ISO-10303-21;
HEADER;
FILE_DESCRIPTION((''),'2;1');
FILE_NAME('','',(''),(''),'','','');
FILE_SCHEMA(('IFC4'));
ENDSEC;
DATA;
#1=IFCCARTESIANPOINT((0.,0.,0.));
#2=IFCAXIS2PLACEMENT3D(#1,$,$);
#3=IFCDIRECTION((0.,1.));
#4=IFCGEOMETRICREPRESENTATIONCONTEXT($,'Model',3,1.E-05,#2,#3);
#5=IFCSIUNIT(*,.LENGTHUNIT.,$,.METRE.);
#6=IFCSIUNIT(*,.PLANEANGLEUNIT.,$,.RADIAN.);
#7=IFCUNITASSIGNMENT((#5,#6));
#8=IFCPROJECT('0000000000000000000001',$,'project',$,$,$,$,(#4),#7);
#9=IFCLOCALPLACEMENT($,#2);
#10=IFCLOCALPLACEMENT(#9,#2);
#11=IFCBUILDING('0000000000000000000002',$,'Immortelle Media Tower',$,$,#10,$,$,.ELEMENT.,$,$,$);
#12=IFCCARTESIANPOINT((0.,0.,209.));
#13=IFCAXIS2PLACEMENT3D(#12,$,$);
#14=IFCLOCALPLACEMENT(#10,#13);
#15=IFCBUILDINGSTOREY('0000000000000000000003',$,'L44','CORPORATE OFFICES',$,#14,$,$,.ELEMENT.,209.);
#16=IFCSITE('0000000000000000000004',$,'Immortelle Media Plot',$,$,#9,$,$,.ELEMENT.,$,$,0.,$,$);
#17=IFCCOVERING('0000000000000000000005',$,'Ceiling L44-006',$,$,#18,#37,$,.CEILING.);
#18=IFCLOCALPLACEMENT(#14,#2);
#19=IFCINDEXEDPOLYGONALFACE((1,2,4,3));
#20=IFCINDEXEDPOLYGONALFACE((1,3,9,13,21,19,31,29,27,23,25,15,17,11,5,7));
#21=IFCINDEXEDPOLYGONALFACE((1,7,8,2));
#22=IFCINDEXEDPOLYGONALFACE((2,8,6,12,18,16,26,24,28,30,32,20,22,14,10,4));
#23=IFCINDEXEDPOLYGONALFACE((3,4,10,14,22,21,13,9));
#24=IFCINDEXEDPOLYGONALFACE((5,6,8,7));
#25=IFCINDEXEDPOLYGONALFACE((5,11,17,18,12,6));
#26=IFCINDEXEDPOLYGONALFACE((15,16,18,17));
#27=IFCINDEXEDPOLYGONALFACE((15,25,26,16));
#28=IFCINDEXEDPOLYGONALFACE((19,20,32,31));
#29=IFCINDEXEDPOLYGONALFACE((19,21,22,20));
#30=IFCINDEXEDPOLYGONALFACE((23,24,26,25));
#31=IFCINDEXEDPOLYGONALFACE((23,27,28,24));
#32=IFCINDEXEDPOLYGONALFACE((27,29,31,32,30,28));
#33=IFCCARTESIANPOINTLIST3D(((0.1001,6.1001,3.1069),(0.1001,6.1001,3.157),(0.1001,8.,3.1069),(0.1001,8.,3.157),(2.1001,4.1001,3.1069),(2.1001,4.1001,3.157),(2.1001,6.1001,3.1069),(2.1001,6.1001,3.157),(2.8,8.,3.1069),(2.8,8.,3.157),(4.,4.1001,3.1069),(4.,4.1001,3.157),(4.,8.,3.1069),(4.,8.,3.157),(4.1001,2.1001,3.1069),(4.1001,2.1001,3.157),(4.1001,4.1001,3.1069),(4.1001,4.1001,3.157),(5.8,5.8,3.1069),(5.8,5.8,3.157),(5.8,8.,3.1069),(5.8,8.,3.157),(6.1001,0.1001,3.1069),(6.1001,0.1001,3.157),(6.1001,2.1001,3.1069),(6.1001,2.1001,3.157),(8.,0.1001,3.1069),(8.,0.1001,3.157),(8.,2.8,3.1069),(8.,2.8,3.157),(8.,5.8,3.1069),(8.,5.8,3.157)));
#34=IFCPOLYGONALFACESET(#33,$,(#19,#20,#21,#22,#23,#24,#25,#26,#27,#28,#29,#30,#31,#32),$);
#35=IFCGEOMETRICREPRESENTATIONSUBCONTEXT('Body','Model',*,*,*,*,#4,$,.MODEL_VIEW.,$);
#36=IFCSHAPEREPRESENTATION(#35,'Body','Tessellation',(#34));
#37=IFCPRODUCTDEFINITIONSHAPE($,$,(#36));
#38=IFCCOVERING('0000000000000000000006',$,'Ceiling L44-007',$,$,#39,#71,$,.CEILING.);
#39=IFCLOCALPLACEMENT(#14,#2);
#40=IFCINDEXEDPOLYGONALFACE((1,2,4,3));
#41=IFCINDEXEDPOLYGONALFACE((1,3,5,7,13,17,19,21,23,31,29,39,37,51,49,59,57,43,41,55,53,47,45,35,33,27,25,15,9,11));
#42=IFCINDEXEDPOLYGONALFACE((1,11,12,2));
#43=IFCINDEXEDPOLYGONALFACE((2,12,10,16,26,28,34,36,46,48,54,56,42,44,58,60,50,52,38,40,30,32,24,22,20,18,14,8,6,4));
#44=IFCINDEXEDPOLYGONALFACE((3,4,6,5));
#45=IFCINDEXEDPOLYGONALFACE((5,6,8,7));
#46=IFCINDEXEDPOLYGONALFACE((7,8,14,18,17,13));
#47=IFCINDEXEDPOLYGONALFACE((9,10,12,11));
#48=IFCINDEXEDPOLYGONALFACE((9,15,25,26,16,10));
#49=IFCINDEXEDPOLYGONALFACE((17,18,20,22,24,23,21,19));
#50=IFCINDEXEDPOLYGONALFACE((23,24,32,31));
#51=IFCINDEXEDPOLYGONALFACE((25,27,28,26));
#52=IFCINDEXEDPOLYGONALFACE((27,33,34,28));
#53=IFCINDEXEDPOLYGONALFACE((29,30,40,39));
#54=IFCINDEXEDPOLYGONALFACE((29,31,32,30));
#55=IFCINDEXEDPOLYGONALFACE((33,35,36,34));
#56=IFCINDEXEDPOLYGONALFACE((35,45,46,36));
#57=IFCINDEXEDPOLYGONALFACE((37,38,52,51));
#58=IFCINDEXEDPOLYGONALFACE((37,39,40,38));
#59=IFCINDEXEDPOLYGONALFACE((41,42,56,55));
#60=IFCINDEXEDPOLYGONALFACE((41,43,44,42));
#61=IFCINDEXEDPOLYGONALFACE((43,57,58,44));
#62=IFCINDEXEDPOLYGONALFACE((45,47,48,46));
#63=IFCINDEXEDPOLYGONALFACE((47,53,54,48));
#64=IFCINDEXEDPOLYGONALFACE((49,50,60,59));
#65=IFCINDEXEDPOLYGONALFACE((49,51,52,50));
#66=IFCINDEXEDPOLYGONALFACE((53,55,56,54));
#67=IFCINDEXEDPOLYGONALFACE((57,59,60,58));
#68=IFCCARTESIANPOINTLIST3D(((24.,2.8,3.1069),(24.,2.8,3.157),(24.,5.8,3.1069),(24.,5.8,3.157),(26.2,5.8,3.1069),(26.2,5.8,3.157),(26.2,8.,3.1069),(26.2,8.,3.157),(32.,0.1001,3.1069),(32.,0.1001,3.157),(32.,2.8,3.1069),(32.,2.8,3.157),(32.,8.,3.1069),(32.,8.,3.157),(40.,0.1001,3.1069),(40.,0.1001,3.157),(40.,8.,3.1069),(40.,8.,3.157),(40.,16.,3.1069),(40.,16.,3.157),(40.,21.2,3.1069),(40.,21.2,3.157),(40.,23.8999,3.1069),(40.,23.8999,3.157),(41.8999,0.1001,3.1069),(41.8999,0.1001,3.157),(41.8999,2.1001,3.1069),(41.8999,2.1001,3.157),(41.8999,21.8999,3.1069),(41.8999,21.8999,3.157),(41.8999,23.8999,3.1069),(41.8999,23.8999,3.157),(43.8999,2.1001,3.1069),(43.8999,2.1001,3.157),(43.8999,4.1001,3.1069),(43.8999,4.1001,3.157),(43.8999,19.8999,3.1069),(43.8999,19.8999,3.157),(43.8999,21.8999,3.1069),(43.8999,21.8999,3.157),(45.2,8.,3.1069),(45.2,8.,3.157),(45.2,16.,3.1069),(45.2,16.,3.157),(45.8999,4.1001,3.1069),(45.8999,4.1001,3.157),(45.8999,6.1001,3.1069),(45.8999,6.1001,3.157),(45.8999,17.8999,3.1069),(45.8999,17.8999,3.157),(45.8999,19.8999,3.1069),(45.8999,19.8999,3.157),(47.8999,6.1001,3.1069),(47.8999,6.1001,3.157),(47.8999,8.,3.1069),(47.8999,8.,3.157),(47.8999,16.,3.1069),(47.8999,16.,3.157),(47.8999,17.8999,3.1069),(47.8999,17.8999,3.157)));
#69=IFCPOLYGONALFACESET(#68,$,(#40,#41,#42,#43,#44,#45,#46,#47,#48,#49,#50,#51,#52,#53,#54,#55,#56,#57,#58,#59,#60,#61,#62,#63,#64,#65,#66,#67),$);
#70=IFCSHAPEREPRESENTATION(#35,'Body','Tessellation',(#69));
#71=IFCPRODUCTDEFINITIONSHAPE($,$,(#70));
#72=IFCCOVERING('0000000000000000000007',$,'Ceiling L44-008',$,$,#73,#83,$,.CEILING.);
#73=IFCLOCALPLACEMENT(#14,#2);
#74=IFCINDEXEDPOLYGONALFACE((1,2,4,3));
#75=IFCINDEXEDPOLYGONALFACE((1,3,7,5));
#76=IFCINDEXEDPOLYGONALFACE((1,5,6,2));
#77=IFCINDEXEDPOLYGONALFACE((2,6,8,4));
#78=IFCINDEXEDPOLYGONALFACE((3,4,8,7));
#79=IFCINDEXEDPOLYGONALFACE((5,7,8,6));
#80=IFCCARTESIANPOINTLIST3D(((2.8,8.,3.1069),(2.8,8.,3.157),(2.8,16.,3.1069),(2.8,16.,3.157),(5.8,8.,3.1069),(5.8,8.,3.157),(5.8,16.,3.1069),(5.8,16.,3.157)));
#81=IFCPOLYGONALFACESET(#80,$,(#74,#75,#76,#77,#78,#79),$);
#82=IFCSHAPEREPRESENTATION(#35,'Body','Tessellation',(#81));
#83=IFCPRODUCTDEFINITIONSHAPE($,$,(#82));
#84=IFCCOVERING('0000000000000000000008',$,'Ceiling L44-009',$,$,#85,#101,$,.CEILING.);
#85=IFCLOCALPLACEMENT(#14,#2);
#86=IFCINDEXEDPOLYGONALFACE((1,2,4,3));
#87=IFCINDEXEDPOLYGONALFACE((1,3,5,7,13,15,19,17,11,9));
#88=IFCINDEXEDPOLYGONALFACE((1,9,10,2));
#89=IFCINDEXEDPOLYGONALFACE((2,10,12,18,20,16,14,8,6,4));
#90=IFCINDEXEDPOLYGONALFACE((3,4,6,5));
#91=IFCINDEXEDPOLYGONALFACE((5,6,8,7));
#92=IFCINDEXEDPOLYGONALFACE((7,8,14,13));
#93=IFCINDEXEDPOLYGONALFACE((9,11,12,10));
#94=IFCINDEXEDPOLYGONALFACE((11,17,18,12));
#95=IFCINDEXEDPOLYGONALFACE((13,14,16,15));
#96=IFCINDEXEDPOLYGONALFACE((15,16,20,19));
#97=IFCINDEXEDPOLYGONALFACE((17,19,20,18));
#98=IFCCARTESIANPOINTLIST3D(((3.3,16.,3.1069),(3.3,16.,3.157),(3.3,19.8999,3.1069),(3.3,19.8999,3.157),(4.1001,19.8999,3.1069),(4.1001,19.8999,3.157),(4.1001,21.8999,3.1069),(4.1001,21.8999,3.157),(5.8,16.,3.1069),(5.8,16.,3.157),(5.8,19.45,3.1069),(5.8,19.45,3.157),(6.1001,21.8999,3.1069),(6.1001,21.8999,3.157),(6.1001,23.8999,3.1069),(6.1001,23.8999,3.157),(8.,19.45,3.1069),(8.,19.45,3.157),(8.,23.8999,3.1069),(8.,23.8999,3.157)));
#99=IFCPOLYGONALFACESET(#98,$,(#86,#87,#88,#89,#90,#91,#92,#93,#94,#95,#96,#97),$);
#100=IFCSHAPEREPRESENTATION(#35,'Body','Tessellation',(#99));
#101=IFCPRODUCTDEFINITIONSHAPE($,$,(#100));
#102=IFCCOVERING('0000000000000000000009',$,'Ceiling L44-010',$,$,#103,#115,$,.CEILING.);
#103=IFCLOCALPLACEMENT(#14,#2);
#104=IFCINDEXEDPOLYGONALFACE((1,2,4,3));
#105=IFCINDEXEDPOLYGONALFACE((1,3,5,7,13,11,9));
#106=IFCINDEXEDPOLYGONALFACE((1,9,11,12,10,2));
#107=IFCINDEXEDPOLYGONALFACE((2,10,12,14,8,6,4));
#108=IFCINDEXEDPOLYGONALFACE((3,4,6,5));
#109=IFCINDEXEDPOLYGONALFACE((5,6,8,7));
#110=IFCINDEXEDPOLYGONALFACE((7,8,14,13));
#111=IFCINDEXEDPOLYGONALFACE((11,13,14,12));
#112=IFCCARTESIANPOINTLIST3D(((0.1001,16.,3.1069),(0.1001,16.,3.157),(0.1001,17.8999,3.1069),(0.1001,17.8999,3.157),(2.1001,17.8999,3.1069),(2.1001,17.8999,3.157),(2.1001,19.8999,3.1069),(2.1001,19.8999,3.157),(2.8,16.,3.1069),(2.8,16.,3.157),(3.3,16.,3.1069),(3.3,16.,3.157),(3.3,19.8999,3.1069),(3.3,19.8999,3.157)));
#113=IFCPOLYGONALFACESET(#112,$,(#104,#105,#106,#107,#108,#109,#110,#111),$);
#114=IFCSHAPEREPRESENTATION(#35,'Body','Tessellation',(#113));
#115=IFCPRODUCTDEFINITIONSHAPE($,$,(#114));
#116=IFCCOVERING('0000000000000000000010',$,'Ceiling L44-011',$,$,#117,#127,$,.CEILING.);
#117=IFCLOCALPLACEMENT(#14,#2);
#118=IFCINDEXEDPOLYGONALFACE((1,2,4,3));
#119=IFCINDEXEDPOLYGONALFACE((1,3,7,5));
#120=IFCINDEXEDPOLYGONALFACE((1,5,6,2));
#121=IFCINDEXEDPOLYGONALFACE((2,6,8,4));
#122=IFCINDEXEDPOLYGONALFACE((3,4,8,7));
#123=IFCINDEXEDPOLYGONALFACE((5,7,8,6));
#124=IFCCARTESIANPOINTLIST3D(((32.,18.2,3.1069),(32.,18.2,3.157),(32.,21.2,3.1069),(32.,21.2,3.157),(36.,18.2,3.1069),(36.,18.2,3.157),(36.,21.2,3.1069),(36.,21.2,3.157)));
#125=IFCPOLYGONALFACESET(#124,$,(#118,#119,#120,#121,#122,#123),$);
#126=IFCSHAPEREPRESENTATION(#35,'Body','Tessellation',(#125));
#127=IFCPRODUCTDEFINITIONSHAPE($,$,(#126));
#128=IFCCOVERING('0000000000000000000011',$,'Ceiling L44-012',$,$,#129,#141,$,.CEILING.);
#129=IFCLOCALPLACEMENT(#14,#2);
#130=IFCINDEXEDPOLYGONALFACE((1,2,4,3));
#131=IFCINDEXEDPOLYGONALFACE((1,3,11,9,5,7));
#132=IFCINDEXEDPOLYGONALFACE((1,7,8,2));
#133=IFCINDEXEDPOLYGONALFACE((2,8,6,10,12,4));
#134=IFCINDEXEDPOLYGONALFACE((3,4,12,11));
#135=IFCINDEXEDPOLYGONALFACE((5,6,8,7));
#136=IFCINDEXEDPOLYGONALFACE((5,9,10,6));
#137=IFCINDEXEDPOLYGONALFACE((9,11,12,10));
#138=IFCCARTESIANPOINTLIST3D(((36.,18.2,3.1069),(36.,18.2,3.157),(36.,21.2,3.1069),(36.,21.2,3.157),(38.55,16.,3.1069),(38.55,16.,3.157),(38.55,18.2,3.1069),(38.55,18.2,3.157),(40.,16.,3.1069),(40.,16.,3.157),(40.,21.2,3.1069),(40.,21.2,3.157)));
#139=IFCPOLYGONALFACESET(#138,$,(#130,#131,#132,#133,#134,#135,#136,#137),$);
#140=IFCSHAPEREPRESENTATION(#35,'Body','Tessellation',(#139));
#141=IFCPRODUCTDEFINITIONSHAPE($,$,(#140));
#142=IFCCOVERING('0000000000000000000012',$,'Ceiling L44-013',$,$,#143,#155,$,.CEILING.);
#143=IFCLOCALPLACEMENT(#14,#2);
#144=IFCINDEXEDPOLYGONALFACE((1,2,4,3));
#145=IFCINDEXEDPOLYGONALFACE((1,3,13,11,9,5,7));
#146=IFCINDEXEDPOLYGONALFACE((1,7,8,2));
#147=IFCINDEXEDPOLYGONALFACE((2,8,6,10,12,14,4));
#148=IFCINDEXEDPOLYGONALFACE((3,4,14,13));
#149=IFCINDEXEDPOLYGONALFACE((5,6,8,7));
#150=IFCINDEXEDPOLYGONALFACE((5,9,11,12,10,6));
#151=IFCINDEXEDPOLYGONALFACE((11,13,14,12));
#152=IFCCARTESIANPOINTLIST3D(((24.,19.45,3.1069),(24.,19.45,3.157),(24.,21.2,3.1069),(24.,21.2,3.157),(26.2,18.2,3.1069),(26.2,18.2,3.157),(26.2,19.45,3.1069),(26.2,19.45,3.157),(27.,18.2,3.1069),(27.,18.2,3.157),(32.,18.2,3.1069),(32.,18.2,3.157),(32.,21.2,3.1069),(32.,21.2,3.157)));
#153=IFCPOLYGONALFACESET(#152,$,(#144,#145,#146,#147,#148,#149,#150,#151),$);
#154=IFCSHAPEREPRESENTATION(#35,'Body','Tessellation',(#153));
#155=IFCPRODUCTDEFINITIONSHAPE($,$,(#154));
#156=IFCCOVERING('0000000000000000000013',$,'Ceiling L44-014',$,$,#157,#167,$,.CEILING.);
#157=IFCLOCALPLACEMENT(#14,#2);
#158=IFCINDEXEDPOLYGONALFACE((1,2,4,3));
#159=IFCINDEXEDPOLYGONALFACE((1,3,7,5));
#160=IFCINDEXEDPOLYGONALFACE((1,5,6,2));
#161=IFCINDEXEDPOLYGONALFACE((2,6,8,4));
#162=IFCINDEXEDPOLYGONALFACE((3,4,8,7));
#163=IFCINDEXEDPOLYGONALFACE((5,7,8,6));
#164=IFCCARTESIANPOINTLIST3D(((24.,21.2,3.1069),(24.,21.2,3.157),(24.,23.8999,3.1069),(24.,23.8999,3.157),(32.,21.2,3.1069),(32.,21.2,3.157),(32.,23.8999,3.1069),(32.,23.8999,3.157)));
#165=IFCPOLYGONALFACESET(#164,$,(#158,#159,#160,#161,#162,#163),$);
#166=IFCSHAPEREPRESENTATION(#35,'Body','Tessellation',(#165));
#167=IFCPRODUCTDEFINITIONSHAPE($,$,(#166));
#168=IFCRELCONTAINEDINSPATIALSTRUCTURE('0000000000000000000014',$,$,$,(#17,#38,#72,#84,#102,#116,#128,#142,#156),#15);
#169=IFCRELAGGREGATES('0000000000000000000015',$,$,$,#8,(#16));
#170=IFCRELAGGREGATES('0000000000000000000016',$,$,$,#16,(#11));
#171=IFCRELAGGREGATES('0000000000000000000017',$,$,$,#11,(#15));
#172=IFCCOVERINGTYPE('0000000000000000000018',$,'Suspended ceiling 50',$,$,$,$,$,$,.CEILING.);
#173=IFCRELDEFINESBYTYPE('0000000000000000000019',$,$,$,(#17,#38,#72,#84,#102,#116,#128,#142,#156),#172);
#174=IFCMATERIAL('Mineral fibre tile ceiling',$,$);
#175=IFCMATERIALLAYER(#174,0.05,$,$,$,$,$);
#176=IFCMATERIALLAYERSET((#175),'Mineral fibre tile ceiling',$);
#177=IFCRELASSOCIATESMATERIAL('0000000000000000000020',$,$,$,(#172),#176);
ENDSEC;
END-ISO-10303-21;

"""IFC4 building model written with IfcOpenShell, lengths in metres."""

from ifc_helpers import new_model, si_unit, direction, frame, origin, place, context, subcontext, project, spatial, polyline, outline, extrude, material, layer, layer_set, type_object, element, save


model = new_model("IFC4")

# Units and contexts
model_context = context("Model", 3, precision=1e-05, world=origin(), true_north=direction((0.0, 1.0)))
body_context = subcontext(model_context, "Body", "Model", "MODEL_VIEW")
ifc_project = project(units=[si_unit("LENGTHUNIT", "METRE"), si_unit("PLANEANGLEUNIT", "RADIAN")], contexts=[model_context])

# Site, building, storey
site_placement = place(None, origin())
site = spatial("IfcSite", under=ifc_project, at=site_placement, Name="Immortelle Media Plot", CompositionType="ELEMENT", RefElevation=0.0)
building_placement = place(site_placement, origin())
building = spatial("IfcBuilding", under=site, at=building_placement, Name="Immortelle Media Tower", CompositionType="ELEMENT")
storey_placement = place(building_placement, frame((0.0, 0.0, 209.0)))
storey = spatial("IfcBuildingStorey", under=building, at=storey_placement, Name="L44", Description="CORPORATE OFFICES", CompositionType="ELEMENT", Elevation=209.0)

# Coverings
ifc_material_1 = material(Name="Mineral fibre tile ceiling")
ifc_layer_1 = layer(ifc_material_1, 0.05)
ifc_layer_set_1 = layer_set([ifc_layer_1], Name="Mineral fibre tile ceiling")
covering_type = type_object("IfcCoveringType", Name="Suspended ceiling 50", PredefinedType="CEILING", material=ifc_layer_set_1)
covering_1_placement = place(storey_placement, frame((0.0, 0.0, 3.1069)))
element("IfcCovering", 1, at=covering_1_placement, inside=storey, type_object=covering_type, Name="Ceiling L44-006", PredefinedType="CEILING", context=body_context, shape_type="SweptSolid", body=[
    extrude(outline(polyline([(4.1001, 2.1001), (4.1001, 4.1001), (4.0, 4.1001), (2.1001, 4.1001), (2.1001, 6.1001), (0.1001, 6.1001), (0.1001, 8.0), (2.8, 8.0), (4.0, 8.0), (5.8, 8.0), (5.8, 5.8), (8.0, 5.8), (8.0, 2.8), (8.0, 0.1001), (6.1001, 0.1001), (6.1001, 2.1001), (4.1001, 2.1001)])), origin(), (0.0, 0.0, 1.0), 0.05),
])
covering_2_placement = place(storey_placement, frame((0.0, 0.0, 3.1069)))
element("IfcCovering", 2, at=covering_2_placement, inside=storey, type_object=covering_type, Name="Ceiling L44-007", PredefinedType="CEILING", context=body_context, shape_type="SweptSolid", body=[
    extrude(outline(polyline([(26.2, 5.8), (26.2, 8.0), (32.0, 8.0), (40.0, 8.0), (40.0, 16.0), (40.0, 21.2), (40.0, 23.8999), (41.8999, 23.8999), (41.8999, 21.8999), (43.8999, 21.8999), (43.8999, 19.8999), (45.8999, 19.8999), (45.8999, 17.8999), (47.8999, 17.8999), (47.8999, 16.0), (45.2, 16.0), (45.2, 8.0), (47.8999, 8.0), (47.8999, 6.1001), (45.8999, 6.1001), (45.8999, 4.1001), (43.8999, 4.1001), (43.8999, 2.1001), (41.8999, 2.1001), (41.8999, 0.1001), (40.0, 0.1001), (32.0, 0.1001), (32.0, 2.8), (24.0, 2.8), (24.0, 5.8), (26.2, 5.8)])), origin(), (0.0, 0.0, 1.0), 0.05),
])
covering_3_placement = place(storey_placement, frame((0.0, 0.0, 3.1069)))
element("IfcCovering", 3, at=covering_3_placement, inside=storey, type_object=covering_type, Name="Ceiling L44-008", PredefinedType="CEILING", context=body_context, shape_type="SweptSolid", body=[
    extrude(outline(polyline([(5.8, 8.0), (2.8, 8.0), (2.8, 16.0), (5.8, 16.0), (5.8, 8.0)])), origin(), (0.0, 0.0, 1.0), 0.05),
])
covering_4_placement = place(storey_placement, frame((0.0, 0.0, 3.1069)))
element("IfcCovering", 4, at=covering_4_placement, inside=storey, type_object=covering_type, Name="Ceiling L44-009", PredefinedType="CEILING", context=body_context, shape_type="SweptSolid", body=[
    extrude(outline(polyline([(5.8, 16.0), (3.3, 16.0), (3.3, 19.8999), (4.1001, 19.8999), (4.1001, 21.8999), (6.1001, 21.8999), (6.1001, 23.8999), (8.0, 23.8999), (8.0, 19.45), (5.8, 19.45), (5.8, 16.0)])), origin(), (0.0, 0.0, 1.0), 0.05),
])
covering_5_placement = place(storey_placement, frame((0.0, 0.0, 3.1069)))
element("IfcCovering", 5, at=covering_5_placement, inside=storey, type_object=covering_type, Name="Ceiling L44-010", PredefinedType="CEILING", context=body_context, shape_type="SweptSolid", body=[
    extrude(outline(polyline([(2.8, 16.0), (0.1001, 16.0), (0.1001, 17.8999), (2.1001, 17.8999), (2.1001, 19.8999), (3.3, 19.8999), (3.3, 16.0), (2.8, 16.0)])), origin(), (0.0, 0.0, 1.0), 0.05),
])
covering_6_placement = place(storey_placement, frame((0.0, 0.0, 3.1069)))
element("IfcCovering", 6, at=covering_6_placement, inside=storey, type_object=covering_type, Name="Ceiling L44-011", PredefinedType="CEILING", context=body_context, shape_type="SweptSolid", body=[
    extrude(outline(polyline([(32.0, 18.2), (32.0, 21.2), (36.0, 21.2), (36.0, 18.2), (32.0, 18.2)])), origin(), (0.0, 0.0, 1.0), 0.05),
])
covering_7_placement = place(storey_placement, frame((0.0, 0.0, 3.1069)))
element("IfcCovering", 7, at=covering_7_placement, inside=storey, type_object=covering_type, Name="Ceiling L44-012", PredefinedType="CEILING", context=body_context, shape_type="SweptSolid", body=[
    extrude(outline(polyline([(38.55, 18.2), (36.0, 18.2), (36.0, 21.2), (40.0, 21.2), (40.0, 16.0), (38.55, 16.0), (38.55, 18.2)])), origin(), (0.0, 0.0, 1.0), 0.05),
])
covering_8_placement = place(storey_placement, frame((0.0, 0.0, 3.1069)))
element("IfcCovering", 8, at=covering_8_placement, inside=storey, type_object=covering_type, Name="Ceiling L44-013", PredefinedType="CEILING", context=body_context, shape_type="SweptSolid", body=[
    extrude(outline(polyline([(26.2, 18.2), (26.2, 19.45), (24.0, 19.45), (24.0, 21.2), (32.0, 21.2), (32.0, 18.2), (27.0, 18.2), (26.2, 18.2)])), origin(), (0.0, 0.0, 1.0), 0.05),
])
covering_9_placement = place(storey_placement, frame((0.0, 0.0, 3.1069)))
element("IfcCovering", 9, at=covering_9_placement, inside=storey, type_object=covering_type, Name="Ceiling L44-014", PredefinedType="CEILING", context=body_context, shape_type="SweptSolid", body=[
    extrude(outline(polyline([(24.0, 23.8999), (32.0, 23.8999), (32.0, 21.2), (24.0, 21.2), (24.0, 23.8999)])), origin(), (0.0, 0.0, 1.0), 0.05),
])

save(model, "model.ifc")
